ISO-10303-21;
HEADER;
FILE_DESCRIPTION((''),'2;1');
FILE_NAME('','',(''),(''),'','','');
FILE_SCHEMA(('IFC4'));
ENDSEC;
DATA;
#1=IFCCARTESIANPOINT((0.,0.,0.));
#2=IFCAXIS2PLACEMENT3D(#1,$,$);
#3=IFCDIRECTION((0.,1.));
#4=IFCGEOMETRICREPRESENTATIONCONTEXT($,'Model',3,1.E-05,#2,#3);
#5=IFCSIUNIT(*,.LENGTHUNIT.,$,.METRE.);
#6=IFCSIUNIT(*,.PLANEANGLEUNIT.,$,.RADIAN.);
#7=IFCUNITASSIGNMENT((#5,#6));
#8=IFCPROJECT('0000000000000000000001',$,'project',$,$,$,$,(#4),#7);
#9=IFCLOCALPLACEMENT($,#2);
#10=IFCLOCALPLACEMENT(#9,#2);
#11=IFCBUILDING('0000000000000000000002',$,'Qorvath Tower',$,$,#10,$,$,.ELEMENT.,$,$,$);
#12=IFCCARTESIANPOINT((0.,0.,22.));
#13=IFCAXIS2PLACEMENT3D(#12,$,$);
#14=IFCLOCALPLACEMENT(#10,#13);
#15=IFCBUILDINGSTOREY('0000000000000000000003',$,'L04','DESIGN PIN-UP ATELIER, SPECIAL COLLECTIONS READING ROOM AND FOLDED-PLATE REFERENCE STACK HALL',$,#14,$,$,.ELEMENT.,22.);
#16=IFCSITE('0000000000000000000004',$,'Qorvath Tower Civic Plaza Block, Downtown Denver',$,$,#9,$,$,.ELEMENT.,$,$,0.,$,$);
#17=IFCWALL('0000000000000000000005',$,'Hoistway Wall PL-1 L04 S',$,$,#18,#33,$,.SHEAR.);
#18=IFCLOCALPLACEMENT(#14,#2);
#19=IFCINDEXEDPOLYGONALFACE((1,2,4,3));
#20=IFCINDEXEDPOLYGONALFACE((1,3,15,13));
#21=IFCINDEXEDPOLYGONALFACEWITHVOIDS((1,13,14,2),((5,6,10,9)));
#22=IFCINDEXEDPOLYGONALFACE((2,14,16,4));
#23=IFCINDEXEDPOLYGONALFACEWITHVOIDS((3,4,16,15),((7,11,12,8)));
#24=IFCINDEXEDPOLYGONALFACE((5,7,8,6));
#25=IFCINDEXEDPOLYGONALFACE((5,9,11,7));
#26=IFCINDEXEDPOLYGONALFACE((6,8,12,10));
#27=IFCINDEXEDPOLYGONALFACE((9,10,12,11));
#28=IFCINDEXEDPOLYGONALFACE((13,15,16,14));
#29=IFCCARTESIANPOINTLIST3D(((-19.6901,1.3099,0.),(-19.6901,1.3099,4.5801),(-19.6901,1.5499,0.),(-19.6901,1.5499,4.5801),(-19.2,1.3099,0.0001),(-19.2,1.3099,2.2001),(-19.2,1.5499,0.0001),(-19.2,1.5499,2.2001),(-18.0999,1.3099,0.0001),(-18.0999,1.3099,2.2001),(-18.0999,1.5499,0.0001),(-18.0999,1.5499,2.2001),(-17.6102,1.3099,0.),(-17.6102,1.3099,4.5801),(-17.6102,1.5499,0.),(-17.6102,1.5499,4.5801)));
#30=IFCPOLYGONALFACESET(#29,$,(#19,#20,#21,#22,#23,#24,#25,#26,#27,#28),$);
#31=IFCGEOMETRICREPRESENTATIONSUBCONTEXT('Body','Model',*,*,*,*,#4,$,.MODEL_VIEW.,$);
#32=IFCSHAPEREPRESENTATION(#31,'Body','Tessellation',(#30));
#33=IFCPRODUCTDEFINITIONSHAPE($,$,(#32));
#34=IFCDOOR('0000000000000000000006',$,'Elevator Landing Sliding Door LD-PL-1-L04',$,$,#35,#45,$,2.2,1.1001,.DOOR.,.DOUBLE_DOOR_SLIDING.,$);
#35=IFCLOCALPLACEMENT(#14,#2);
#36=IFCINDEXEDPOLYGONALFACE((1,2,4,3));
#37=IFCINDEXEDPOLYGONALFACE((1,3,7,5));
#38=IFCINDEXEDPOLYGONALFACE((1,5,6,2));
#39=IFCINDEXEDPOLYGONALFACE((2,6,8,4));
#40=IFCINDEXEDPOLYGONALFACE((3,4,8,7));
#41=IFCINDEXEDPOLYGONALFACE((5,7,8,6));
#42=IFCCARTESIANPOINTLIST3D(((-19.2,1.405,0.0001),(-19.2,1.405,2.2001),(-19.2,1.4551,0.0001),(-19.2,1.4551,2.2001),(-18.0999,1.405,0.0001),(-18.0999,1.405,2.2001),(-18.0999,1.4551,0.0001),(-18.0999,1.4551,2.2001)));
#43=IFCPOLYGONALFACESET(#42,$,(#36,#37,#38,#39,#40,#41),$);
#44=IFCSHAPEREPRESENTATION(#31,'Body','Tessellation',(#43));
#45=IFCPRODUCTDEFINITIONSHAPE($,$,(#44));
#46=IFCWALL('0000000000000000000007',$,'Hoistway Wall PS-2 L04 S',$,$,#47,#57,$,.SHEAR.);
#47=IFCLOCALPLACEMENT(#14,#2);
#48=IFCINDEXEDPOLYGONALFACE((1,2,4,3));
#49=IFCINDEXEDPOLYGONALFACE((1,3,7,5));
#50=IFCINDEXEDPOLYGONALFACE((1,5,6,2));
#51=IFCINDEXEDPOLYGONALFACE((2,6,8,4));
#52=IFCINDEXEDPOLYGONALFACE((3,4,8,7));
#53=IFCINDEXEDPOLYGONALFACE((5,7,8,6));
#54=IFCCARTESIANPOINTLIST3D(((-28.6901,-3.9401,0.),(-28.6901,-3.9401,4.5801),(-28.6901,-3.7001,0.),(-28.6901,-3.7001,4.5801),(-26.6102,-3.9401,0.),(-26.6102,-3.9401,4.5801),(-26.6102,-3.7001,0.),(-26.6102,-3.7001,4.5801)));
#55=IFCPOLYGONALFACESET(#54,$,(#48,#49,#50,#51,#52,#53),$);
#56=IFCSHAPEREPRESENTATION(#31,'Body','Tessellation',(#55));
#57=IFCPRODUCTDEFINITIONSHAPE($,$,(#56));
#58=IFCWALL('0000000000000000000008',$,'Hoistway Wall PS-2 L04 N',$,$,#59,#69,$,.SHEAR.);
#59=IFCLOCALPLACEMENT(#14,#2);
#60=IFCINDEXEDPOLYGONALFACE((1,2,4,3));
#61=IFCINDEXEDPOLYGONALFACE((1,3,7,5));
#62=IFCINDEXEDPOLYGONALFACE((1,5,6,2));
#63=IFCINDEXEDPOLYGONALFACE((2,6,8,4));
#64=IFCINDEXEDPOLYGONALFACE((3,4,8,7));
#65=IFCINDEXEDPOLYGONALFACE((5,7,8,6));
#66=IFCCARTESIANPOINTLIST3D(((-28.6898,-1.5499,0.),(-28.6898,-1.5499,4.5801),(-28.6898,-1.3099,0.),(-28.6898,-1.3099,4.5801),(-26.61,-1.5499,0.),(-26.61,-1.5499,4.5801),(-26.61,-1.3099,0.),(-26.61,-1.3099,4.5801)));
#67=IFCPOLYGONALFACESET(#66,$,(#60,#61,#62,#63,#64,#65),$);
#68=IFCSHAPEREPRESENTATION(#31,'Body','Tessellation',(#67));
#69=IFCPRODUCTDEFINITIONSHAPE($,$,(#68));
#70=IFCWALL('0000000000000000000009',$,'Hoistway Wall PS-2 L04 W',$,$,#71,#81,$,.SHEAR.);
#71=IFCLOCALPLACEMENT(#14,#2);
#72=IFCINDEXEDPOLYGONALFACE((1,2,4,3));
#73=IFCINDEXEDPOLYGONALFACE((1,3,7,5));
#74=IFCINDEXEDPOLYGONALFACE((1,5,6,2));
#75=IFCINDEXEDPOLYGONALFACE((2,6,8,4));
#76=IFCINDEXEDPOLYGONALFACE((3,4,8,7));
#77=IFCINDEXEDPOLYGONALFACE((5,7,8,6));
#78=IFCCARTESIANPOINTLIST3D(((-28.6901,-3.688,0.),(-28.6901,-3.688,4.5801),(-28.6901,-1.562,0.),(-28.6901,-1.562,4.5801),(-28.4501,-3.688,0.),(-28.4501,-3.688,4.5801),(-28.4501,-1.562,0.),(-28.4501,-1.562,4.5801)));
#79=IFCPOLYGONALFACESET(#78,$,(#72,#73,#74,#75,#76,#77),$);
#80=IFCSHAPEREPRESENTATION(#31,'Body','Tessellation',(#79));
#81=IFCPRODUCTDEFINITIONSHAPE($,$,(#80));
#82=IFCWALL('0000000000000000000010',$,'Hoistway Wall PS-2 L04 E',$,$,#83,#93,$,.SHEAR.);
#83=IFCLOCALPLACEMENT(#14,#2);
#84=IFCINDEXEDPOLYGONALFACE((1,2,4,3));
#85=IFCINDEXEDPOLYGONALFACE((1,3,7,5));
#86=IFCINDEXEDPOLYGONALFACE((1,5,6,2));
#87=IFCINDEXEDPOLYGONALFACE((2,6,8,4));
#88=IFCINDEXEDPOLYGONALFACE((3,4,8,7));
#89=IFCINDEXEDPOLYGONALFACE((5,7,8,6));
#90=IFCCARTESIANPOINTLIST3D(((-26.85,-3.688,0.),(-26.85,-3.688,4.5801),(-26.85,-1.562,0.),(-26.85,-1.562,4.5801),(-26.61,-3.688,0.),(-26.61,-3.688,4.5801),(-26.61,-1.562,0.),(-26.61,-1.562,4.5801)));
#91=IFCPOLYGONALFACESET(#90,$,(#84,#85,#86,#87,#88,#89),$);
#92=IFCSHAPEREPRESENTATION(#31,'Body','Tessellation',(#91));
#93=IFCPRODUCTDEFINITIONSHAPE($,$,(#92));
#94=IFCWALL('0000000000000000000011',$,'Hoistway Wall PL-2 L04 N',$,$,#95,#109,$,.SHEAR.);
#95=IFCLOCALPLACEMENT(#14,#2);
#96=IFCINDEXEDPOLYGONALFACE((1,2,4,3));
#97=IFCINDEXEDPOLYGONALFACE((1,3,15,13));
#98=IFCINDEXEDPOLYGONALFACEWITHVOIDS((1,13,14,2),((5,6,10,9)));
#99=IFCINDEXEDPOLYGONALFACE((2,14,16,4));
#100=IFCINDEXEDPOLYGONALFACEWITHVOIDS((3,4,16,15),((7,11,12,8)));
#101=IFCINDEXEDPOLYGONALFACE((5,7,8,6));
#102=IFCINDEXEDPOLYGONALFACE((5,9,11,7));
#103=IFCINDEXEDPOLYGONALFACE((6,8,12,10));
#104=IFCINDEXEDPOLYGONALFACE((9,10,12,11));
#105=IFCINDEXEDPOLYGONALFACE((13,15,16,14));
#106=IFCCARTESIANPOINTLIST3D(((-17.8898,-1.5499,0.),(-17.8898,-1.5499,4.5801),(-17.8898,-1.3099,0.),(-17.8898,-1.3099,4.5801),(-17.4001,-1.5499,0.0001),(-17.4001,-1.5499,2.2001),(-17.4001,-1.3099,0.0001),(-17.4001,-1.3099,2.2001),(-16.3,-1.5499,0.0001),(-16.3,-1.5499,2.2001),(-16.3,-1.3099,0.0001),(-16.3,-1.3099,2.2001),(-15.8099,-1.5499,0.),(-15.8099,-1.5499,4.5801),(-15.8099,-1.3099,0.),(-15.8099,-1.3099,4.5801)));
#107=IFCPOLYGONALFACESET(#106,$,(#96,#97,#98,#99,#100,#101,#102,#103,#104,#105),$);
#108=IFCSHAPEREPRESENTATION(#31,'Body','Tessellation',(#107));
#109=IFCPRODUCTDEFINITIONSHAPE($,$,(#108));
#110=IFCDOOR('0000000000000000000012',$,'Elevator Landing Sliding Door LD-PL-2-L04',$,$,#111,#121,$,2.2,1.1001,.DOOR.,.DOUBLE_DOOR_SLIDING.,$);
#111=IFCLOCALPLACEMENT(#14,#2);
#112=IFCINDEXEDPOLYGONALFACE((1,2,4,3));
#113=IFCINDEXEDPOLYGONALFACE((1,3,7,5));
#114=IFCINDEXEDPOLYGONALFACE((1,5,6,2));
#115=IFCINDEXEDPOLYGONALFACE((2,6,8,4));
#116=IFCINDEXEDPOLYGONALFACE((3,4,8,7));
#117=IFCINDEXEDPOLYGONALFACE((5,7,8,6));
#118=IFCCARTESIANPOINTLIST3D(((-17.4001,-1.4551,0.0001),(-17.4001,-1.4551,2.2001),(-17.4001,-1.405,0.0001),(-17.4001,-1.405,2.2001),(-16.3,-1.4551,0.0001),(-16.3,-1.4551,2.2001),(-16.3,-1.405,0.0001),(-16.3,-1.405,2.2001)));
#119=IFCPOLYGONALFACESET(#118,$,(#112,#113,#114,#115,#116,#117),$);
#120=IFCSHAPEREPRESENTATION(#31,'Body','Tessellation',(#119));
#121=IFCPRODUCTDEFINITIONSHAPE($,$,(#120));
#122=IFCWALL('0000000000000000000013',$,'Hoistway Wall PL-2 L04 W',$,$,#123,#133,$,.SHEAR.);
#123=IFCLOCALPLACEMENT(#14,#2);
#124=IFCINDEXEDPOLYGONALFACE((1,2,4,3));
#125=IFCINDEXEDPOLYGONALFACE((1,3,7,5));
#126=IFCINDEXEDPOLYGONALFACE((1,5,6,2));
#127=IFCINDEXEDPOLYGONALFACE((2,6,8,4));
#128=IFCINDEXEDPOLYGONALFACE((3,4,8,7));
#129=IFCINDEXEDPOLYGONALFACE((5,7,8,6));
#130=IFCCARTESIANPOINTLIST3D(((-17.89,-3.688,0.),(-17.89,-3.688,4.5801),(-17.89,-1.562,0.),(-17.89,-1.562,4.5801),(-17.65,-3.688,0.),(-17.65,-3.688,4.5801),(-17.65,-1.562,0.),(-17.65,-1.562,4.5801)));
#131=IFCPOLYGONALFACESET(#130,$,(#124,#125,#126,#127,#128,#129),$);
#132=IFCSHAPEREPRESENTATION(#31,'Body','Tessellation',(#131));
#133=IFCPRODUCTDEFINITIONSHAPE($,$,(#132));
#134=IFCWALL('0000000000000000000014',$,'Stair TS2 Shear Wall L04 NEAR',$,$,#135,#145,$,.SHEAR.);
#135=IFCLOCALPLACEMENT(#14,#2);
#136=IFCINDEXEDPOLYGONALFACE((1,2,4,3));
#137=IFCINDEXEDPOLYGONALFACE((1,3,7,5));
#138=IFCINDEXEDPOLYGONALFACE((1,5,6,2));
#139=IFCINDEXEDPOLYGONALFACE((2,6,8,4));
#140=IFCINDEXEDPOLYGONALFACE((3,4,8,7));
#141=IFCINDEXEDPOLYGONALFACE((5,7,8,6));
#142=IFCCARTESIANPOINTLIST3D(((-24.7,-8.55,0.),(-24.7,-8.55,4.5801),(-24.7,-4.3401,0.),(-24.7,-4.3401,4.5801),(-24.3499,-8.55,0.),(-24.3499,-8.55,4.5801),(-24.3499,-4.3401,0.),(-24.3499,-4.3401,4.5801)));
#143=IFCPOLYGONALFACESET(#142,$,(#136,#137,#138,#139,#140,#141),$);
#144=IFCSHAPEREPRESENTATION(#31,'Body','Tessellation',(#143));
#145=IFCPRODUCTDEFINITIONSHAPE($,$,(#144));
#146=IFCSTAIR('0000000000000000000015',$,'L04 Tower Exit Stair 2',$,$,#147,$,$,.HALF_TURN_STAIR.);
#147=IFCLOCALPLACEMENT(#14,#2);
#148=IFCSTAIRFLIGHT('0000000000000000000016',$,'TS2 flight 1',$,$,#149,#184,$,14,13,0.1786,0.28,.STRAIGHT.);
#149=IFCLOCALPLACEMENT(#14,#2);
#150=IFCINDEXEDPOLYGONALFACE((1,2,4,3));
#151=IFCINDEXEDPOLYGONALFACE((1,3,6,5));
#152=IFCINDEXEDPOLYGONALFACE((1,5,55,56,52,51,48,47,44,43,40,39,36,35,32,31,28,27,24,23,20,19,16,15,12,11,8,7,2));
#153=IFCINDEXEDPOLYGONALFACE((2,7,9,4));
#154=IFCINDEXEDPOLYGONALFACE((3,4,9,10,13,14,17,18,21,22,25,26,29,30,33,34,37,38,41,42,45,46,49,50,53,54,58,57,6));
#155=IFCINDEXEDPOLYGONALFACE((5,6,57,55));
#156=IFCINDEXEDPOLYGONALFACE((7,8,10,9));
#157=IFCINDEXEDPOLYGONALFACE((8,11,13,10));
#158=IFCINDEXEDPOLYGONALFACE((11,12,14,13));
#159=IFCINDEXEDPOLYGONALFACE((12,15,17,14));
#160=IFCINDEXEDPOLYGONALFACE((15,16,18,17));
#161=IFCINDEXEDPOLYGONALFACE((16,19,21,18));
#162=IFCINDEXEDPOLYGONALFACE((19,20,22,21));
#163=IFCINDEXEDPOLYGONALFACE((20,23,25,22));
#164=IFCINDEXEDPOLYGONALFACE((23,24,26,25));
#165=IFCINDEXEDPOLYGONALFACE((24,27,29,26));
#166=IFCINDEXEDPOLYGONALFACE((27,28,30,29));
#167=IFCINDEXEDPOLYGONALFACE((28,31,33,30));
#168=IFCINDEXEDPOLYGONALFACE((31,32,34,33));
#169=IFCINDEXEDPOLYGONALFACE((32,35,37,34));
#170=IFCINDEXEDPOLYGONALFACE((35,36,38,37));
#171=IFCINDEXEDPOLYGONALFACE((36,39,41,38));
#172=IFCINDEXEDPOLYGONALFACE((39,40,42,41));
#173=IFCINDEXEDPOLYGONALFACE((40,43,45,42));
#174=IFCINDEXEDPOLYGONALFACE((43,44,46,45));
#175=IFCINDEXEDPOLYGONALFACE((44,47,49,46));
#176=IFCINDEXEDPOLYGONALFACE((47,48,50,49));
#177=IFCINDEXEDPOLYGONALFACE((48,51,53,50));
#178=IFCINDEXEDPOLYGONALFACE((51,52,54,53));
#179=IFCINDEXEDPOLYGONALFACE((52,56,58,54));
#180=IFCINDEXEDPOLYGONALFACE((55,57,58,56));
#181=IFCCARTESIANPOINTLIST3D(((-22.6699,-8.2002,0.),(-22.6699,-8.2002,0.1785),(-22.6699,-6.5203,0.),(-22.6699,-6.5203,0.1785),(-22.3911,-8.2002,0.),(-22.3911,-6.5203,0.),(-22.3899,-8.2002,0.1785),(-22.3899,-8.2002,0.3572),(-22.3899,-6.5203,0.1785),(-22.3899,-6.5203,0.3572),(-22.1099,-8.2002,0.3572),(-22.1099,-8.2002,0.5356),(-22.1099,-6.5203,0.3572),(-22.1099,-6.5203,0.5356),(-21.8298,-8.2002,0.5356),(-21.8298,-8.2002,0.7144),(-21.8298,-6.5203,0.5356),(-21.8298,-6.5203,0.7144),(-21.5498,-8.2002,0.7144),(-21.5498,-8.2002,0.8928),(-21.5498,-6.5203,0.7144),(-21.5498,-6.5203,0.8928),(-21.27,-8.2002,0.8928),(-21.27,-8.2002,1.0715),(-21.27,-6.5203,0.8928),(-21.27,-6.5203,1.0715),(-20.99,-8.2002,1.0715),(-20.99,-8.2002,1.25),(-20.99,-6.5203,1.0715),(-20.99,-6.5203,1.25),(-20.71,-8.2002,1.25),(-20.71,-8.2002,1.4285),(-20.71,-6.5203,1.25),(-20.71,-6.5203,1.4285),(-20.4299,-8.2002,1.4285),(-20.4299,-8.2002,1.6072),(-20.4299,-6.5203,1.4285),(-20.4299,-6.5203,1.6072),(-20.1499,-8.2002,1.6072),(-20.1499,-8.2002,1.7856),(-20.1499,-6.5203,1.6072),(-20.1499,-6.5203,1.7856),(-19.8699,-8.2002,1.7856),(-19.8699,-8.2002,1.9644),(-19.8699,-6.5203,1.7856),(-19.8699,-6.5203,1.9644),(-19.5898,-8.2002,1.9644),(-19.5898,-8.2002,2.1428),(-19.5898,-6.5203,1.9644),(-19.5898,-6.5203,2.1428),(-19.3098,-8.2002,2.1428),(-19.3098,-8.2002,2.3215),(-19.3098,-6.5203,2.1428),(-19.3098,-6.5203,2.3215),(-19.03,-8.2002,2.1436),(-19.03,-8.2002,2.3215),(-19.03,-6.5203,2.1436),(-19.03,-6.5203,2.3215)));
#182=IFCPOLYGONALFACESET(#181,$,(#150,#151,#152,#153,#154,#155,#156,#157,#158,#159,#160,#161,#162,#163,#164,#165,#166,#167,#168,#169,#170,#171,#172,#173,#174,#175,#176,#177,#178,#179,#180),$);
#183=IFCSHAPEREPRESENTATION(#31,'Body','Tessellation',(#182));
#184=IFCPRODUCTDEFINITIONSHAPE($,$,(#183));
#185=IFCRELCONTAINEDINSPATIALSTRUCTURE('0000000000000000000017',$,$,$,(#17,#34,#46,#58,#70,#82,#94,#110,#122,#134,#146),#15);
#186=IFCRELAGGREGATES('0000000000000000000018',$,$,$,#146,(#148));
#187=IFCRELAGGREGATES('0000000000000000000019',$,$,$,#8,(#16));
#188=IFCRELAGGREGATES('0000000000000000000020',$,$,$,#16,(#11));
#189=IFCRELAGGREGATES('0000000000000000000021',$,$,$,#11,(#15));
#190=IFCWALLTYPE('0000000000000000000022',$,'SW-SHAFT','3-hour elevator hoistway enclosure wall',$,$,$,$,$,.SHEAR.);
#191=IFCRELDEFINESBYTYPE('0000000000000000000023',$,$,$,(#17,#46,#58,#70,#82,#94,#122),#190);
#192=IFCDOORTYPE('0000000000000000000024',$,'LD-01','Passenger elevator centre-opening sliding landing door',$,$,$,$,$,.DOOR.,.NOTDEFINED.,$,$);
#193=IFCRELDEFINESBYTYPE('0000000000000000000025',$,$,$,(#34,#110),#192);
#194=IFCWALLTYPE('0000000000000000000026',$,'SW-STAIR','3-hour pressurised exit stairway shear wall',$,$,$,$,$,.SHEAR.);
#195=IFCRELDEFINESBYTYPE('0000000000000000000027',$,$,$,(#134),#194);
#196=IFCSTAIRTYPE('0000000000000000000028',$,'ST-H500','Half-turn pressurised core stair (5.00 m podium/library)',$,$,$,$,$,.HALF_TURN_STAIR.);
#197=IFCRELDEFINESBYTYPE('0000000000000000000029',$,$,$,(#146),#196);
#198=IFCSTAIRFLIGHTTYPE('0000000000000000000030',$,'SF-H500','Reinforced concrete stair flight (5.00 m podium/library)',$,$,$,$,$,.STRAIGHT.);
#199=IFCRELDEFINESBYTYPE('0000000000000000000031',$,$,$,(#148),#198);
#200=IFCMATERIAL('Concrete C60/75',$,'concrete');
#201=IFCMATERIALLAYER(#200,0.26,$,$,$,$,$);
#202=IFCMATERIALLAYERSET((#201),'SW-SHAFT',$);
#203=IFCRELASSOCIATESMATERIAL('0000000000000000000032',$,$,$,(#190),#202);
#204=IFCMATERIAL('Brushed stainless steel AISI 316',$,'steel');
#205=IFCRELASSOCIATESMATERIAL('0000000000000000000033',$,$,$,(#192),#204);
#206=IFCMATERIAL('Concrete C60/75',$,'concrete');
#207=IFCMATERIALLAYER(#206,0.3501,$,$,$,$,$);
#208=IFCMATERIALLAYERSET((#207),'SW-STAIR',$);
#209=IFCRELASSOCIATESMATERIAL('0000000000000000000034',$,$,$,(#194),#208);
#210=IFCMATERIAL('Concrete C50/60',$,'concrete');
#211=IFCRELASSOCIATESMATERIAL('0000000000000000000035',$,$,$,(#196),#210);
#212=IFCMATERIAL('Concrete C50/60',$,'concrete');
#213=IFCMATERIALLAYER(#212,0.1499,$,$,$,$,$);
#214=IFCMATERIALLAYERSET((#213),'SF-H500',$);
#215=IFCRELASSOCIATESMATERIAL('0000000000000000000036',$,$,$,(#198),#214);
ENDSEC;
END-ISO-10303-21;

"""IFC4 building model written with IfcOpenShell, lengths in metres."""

from ifc_helpers import new_model, si_unit, direction, frame, frame_2d, origin, place, context, subcontext, project, spatial, polyline, rectangle, outline, extrude, material, layer, layer_set, type_object, element, fill, aggregate, save


model = new_model("IFC4")

# Units and contexts
model_context = context("Model", 3, precision=1e-05, world=origin(), true_north=direction((0.0, 1.0)))
body_context = subcontext(model_context, "Body", "Model", "MODEL_VIEW")
ifc_project = project(units=[si_unit("LENGTHUNIT", "METRE"), si_unit("PLANEANGLEUNIT", "RADIAN")], contexts=[model_context])

# Site, building, storey
site_placement = place(None, origin())
site = spatial("IfcSite", under=ifc_project, at=site_placement, Name="Qorvath Tower Civic Plaza Block, Downtown Denver", CompositionType="ELEMENT", RefElevation=0.0)
building_placement = place(site_placement, origin())
building = spatial("IfcBuilding", under=site, at=building_placement, Name="Qorvath Tower", CompositionType="ELEMENT")
storey_placement = place(building_placement, frame((0.0, 0.0, 22.0)))
storey = spatial("IfcBuildingStorey", under=building, at=storey_placement, Name="L04", Description="DESIGN PIN-UP ATELIER, SPECIAL COLLECTIONS READING ROOM AND FOLDED-PLATE REFERENCE STACK HALL", CompositionType="ELEMENT", Elevation=22.0)

# Shared definitions
ifc_material_1 = material(Name="Concrete C60/75", Category="concrete")
ifc_layer_1 = layer(ifc_material_1, 0.26)
ifc_layer_set_1 = layer_set([ifc_layer_1], Name="SW-SHAFT")
wall_type_1 = type_object("IfcWallType", Name="SW-SHAFT", Description="3-hour elevator hoistway enclosure wall", PredefinedType="SHEAR", material=ifc_layer_set_1)

# Wall, opening, door
wall_1_placement = place(storey_placement, frame((-17.6101, 1.4299, 0.0), z_axis=(0.0, 0.0, 1.0), x_axis=(-1.0, 0.0, 0.0)))
wall_1 = element("IfcWall", 1, at=wall_1_placement, inside=storey, type_object=wall_type_1, Name="Hoistway Wall PL-1 L04 S", PredefinedType="SHEAR", context=body_context, shape_type="SweptSolid", body=[
    extrude(rectangle(XDim=2.0798, YDim=0.24, at=frame_2d((1.04, 0.0))), origin(), (0.0, 0.0, 1.0), 4.5801),
])
opening_1_placement = place(wall_1_placement, frame((0.4897, 0.0, 0.0)))
opening_1 = element("IfcOpeningElement", 2, at=opening_1_placement, cuts=wall_1, PredefinedType="OPENING", context=body_context, shape_type="SweptSolid", body=[
    extrude(rectangle(XDim=1.1001, YDim=2.2, at=frame_2d((0.55, 1.1001))), frame((0.0, 0.1299, 0.0), z_axis=(0.0, -1.0, 0.0), x_axis=(1.0, 0.0, 0.0)), (0.0, 0.0, 1.0), 0.26),
])
ifc_material_2 = material(Name="Brushed stainless steel AISI 316", Category="steel")
door_type_1 = type_object("IfcDoorType", Name="LD-01", Description="Passenger elevator centre-opening sliding landing door", OperationType="NOTDEFINED", PredefinedType="DOOR", material=ifc_material_2)
door_1_placement = place(opening_1_placement, origin())
door_1 = element("IfcDoor", 3, at=door_1_placement, inside=storey, type_object=door_type_1, Name="Elevator Landing Sliding Door LD-PL-1-L04", OperationType="DOUBLE_DOOR_SLIDING", OverallHeight=2.2, OverallWidth=1.1001, PredefinedType="DOOR", context=body_context, shape_type="SweptSolid", body=[
    extrude(rectangle(XDim=1.1001, YDim=2.2, at=frame_2d((0.55, 1.1001))), frame((0.0, 0.0249, 0.0), z_axis=(0.0, -1.0, 0.0), x_axis=(1.0, 0.0, 0.0)), (0.0, 0.0, 1.0), 0.05),
])
fill(opening_1, door_1)

# Walls
for number, where, z_axis, x_axis, name in (
    (4, (-26.6101, -3.8201, 0.0), (0.0, 0.0, 1.0), (-1.0, 0.0, 0.0), "Hoistway Wall PS-2 L04 S"),
    (5, (-28.6899, -1.4299, 0.0), (0.0, 0.0, 1.0), (1.0, 0.0, 0.0), "Hoistway Wall PS-2 L04 N"),
):
    element("IfcWall", number, at=place(storey_placement, frame(where, z_axis=z_axis, x_axis=x_axis)), inside=storey, type_object=wall_type_1, Name=name, PredefinedType="SHEAR", context=body_context, shape_type="SweptSolid", body=[
        extrude(rectangle(XDim=2.0798, YDim=0.24, at=frame_2d((1.04, 0.0))), origin(), (0.0, 0.0, 1.0), 4.5801),
    ])
for number, where, z_axis, x_axis, name in (
    (6, (-28.5701, -3.688, 0.0), (0.0, 0.0, 1.0), (0.0, 1.0, 0.0), "Hoistway Wall PS-2 L04 W"),
    (7, (-26.73, -1.562, 0.0), (0.0, 0.0, 1.0), (0.0, -1.0, 0.0), "Hoistway Wall PS-2 L04 E"),
):
    element("IfcWall", number, at=place(storey_placement, frame(where, z_axis=z_axis, x_axis=x_axis)), inside=storey, type_object=wall_type_1, Name=name, PredefinedType="SHEAR", context=body_context, shape_type="SweptSolid", body=[
        extrude(rectangle(XDim=2.126, YDim=0.24, at=frame_2d((1.063, 0.0))), origin(), (0.0, 0.0, 1.0), 4.5801),
    ])

# Wall, opening, door
wall_2_placement = place(storey_placement, frame((-17.8899, -1.4299, 0.0), z_axis=(0.0, 0.0, 1.0), x_axis=(1.0, 0.0, 0.0)))
wall_2 = element("IfcWall", 8, at=wall_2_placement, inside=storey, type_object=wall_type_1, Name="Hoistway Wall PL-2 L04 N", PredefinedType="SHEAR", context=body_context, shape_type="SweptSolid", body=[
    extrude(rectangle(XDim=2.0798, YDim=0.24, at=frame_2d((1.04, 0.0))), origin(), (0.0, 0.0, 1.0), 4.5801),
])
opening_2_placement = place(wall_2_placement, frame((0.4897, 0.0, 0.0)))
opening_2 = element("IfcOpeningElement", 9, at=opening_2_placement, cuts=wall_2, PredefinedType="OPENING", context=body_context, shape_type="SweptSolid", body=[
    extrude(rectangle(XDim=1.1001, YDim=2.2, at=frame_2d((0.55, 1.1001))), frame((0.0, 0.1299, 0.0), z_axis=(0.0, -1.0, 0.0), x_axis=(1.0, 0.0, 0.0)), (0.0, 0.0, 1.0), 0.26),
])
door_2_placement = place(opening_2_placement, origin())
door_2 = element("IfcDoor", 10, at=door_2_placement, inside=storey, type_object=door_type_1, Name="Elevator Landing Sliding Door LD-PL-2-L04", OperationType="DOUBLE_DOOR_SLIDING", OverallHeight=2.2, OverallWidth=1.1001, PredefinedType="DOOR", context=body_context, shape_type="SweptSolid", body=[
    extrude(rectangle(XDim=1.1001, YDim=2.2, at=frame_2d((0.55, 1.1001))), frame((0.0, 0.0249, 0.0), z_axis=(0.0, -1.0, 0.0), x_axis=(1.0, 0.0, 0.0)), (0.0, 0.0, 1.0), 0.05),
])
fill(opening_2, door_2)

# Walls
wall_3_placement = place(storey_placement, frame((-17.77, -3.688, 0.0), z_axis=(0.0, 0.0, 1.0), x_axis=(0.0, 1.0, 0.0)))
element("IfcWall", 11, at=wall_3_placement, inside=storey, type_object=wall_type_1, Name="Hoistway Wall PL-2 L04 W", PredefinedType="SHEAR", context=body_context, shape_type="SweptSolid", body=[
    extrude(rectangle(XDim=2.126, YDim=0.24, at=frame_2d((1.063, 0.0))), origin(), (0.0, 0.0, 1.0), 4.5801),
])
ifc_material_3 = material(Name="Concrete C60/75", Category="concrete")
ifc_layer_2 = layer(ifc_material_3, 0.3501)
ifc_layer_set_2 = layer_set([ifc_layer_2], Name="SW-STAIR")
wall_type_2 = type_object("IfcWallType", Name="SW-STAIR", Description="3-hour pressurised exit stairway shear wall", PredefinedType="SHEAR", material=ifc_layer_set_2)
wall_4_placement = place(storey_placement, frame((-24.5249, -4.3401, 0.0), z_axis=(0.0, 0.0, 1.0), x_axis=(0.0, -1.0, 0.0)))
element("IfcWall", 12, at=wall_4_placement, inside=storey, type_object=wall_type_2, Name="Stair TS2 Shear Wall L04 NEAR", PredefinedType="SHEAR", context=body_context, shape_type="SweptSolid", body=[
    extrude(rectangle(XDim=4.21, YDim=0.3501, at=frame_2d((2.105, 0.0))), origin(), (0.0, 0.0, 1.0), 4.5801),
])

# Stair, stair flight
ifc_material_4 = material(Name="Concrete C50/60", Category="concrete")
stair_type = type_object("IfcStairType", Name="ST-H500", Description="Half-turn pressurised core stair (5.00 m podium/library)", PredefinedType="HALF_TURN_STAIR", material=ifc_material_4)
stair_placement = place(storey_placement, origin())
stair = element("IfcStair", 13, at=stair_placement, inside=storey, type_object=stair_type, Name="L04 Tower Exit Stair 2", PredefinedType="HALF_TURN_STAIR")
ifc_material_5 = material(Name="Concrete C50/60", Category="concrete")
ifc_layer_3 = layer(ifc_material_5, 0.1499)
ifc_layer_set_3 = layer_set([ifc_layer_3], Name="SF-H500")
stair_flight_type = type_object("IfcStairFlightType", Name="SF-H500", Description="Reinforced concrete stair flight (5.00 m podium/library)", PredefinedType="STRAIGHT", material=ifc_layer_set_3)
stair_flight_1_placement = place(storey_placement, frame((-22.6699, -7.3601, 0.0), z_axis=(0.0, 0.0, 1.0), x_axis=(1.0, 0.0, 0.0)))
stair_flight_1 = element("IfcStairFlight", 14, at=stair_flight_1_placement, type_object=stair_flight_type, Name="TS2 flight 1", NumberOfRisers=14, NumberOfTreads=13, PredefinedType="STRAIGHT", RiserHeight=0.1786, TreadLength=0.28, context=body_context, shape_type="SweptSolid", body=[
    extrude(outline(polyline([(0.0, 0.0), (0.0, 0.1785), (0.28, 0.1785), (0.28, 0.3572), (0.5601, 0.3572), (0.5601, 0.5356), (0.8401, 0.5356), (0.8401, 0.7144), (1.1201, 0.7144), (1.1201, 0.8928), (1.3999, 0.8928), (1.3999, 1.0715), (1.6799, 1.0715), (1.6799, 1.25), (1.96, 1.25), (1.96, 1.4285), (2.24, 1.4285), (2.24, 1.6072), (2.52, 1.6072), (2.52, 1.7856), (2.8, 1.7856), (2.8, 1.9644), (3.0801, 1.9644), (3.0801, 2.1428), (3.3601, 2.1428), (3.3601, 2.3215), (3.6399, 2.3215), (3.6399, 2.5), (3.6399, 2.1436), (0.2788, 0.0), (0.0, 0.0)])), frame((0.0, 0.8398, 0.0), z_axis=(0.0, -1.0, 0.0), x_axis=(1.0, 0.0, 0.0)), (0.0, 0.0, 1.0), 1.6799),
])
aggregate(stair, [stair_flight_1])

save(model, "model.ifc")
